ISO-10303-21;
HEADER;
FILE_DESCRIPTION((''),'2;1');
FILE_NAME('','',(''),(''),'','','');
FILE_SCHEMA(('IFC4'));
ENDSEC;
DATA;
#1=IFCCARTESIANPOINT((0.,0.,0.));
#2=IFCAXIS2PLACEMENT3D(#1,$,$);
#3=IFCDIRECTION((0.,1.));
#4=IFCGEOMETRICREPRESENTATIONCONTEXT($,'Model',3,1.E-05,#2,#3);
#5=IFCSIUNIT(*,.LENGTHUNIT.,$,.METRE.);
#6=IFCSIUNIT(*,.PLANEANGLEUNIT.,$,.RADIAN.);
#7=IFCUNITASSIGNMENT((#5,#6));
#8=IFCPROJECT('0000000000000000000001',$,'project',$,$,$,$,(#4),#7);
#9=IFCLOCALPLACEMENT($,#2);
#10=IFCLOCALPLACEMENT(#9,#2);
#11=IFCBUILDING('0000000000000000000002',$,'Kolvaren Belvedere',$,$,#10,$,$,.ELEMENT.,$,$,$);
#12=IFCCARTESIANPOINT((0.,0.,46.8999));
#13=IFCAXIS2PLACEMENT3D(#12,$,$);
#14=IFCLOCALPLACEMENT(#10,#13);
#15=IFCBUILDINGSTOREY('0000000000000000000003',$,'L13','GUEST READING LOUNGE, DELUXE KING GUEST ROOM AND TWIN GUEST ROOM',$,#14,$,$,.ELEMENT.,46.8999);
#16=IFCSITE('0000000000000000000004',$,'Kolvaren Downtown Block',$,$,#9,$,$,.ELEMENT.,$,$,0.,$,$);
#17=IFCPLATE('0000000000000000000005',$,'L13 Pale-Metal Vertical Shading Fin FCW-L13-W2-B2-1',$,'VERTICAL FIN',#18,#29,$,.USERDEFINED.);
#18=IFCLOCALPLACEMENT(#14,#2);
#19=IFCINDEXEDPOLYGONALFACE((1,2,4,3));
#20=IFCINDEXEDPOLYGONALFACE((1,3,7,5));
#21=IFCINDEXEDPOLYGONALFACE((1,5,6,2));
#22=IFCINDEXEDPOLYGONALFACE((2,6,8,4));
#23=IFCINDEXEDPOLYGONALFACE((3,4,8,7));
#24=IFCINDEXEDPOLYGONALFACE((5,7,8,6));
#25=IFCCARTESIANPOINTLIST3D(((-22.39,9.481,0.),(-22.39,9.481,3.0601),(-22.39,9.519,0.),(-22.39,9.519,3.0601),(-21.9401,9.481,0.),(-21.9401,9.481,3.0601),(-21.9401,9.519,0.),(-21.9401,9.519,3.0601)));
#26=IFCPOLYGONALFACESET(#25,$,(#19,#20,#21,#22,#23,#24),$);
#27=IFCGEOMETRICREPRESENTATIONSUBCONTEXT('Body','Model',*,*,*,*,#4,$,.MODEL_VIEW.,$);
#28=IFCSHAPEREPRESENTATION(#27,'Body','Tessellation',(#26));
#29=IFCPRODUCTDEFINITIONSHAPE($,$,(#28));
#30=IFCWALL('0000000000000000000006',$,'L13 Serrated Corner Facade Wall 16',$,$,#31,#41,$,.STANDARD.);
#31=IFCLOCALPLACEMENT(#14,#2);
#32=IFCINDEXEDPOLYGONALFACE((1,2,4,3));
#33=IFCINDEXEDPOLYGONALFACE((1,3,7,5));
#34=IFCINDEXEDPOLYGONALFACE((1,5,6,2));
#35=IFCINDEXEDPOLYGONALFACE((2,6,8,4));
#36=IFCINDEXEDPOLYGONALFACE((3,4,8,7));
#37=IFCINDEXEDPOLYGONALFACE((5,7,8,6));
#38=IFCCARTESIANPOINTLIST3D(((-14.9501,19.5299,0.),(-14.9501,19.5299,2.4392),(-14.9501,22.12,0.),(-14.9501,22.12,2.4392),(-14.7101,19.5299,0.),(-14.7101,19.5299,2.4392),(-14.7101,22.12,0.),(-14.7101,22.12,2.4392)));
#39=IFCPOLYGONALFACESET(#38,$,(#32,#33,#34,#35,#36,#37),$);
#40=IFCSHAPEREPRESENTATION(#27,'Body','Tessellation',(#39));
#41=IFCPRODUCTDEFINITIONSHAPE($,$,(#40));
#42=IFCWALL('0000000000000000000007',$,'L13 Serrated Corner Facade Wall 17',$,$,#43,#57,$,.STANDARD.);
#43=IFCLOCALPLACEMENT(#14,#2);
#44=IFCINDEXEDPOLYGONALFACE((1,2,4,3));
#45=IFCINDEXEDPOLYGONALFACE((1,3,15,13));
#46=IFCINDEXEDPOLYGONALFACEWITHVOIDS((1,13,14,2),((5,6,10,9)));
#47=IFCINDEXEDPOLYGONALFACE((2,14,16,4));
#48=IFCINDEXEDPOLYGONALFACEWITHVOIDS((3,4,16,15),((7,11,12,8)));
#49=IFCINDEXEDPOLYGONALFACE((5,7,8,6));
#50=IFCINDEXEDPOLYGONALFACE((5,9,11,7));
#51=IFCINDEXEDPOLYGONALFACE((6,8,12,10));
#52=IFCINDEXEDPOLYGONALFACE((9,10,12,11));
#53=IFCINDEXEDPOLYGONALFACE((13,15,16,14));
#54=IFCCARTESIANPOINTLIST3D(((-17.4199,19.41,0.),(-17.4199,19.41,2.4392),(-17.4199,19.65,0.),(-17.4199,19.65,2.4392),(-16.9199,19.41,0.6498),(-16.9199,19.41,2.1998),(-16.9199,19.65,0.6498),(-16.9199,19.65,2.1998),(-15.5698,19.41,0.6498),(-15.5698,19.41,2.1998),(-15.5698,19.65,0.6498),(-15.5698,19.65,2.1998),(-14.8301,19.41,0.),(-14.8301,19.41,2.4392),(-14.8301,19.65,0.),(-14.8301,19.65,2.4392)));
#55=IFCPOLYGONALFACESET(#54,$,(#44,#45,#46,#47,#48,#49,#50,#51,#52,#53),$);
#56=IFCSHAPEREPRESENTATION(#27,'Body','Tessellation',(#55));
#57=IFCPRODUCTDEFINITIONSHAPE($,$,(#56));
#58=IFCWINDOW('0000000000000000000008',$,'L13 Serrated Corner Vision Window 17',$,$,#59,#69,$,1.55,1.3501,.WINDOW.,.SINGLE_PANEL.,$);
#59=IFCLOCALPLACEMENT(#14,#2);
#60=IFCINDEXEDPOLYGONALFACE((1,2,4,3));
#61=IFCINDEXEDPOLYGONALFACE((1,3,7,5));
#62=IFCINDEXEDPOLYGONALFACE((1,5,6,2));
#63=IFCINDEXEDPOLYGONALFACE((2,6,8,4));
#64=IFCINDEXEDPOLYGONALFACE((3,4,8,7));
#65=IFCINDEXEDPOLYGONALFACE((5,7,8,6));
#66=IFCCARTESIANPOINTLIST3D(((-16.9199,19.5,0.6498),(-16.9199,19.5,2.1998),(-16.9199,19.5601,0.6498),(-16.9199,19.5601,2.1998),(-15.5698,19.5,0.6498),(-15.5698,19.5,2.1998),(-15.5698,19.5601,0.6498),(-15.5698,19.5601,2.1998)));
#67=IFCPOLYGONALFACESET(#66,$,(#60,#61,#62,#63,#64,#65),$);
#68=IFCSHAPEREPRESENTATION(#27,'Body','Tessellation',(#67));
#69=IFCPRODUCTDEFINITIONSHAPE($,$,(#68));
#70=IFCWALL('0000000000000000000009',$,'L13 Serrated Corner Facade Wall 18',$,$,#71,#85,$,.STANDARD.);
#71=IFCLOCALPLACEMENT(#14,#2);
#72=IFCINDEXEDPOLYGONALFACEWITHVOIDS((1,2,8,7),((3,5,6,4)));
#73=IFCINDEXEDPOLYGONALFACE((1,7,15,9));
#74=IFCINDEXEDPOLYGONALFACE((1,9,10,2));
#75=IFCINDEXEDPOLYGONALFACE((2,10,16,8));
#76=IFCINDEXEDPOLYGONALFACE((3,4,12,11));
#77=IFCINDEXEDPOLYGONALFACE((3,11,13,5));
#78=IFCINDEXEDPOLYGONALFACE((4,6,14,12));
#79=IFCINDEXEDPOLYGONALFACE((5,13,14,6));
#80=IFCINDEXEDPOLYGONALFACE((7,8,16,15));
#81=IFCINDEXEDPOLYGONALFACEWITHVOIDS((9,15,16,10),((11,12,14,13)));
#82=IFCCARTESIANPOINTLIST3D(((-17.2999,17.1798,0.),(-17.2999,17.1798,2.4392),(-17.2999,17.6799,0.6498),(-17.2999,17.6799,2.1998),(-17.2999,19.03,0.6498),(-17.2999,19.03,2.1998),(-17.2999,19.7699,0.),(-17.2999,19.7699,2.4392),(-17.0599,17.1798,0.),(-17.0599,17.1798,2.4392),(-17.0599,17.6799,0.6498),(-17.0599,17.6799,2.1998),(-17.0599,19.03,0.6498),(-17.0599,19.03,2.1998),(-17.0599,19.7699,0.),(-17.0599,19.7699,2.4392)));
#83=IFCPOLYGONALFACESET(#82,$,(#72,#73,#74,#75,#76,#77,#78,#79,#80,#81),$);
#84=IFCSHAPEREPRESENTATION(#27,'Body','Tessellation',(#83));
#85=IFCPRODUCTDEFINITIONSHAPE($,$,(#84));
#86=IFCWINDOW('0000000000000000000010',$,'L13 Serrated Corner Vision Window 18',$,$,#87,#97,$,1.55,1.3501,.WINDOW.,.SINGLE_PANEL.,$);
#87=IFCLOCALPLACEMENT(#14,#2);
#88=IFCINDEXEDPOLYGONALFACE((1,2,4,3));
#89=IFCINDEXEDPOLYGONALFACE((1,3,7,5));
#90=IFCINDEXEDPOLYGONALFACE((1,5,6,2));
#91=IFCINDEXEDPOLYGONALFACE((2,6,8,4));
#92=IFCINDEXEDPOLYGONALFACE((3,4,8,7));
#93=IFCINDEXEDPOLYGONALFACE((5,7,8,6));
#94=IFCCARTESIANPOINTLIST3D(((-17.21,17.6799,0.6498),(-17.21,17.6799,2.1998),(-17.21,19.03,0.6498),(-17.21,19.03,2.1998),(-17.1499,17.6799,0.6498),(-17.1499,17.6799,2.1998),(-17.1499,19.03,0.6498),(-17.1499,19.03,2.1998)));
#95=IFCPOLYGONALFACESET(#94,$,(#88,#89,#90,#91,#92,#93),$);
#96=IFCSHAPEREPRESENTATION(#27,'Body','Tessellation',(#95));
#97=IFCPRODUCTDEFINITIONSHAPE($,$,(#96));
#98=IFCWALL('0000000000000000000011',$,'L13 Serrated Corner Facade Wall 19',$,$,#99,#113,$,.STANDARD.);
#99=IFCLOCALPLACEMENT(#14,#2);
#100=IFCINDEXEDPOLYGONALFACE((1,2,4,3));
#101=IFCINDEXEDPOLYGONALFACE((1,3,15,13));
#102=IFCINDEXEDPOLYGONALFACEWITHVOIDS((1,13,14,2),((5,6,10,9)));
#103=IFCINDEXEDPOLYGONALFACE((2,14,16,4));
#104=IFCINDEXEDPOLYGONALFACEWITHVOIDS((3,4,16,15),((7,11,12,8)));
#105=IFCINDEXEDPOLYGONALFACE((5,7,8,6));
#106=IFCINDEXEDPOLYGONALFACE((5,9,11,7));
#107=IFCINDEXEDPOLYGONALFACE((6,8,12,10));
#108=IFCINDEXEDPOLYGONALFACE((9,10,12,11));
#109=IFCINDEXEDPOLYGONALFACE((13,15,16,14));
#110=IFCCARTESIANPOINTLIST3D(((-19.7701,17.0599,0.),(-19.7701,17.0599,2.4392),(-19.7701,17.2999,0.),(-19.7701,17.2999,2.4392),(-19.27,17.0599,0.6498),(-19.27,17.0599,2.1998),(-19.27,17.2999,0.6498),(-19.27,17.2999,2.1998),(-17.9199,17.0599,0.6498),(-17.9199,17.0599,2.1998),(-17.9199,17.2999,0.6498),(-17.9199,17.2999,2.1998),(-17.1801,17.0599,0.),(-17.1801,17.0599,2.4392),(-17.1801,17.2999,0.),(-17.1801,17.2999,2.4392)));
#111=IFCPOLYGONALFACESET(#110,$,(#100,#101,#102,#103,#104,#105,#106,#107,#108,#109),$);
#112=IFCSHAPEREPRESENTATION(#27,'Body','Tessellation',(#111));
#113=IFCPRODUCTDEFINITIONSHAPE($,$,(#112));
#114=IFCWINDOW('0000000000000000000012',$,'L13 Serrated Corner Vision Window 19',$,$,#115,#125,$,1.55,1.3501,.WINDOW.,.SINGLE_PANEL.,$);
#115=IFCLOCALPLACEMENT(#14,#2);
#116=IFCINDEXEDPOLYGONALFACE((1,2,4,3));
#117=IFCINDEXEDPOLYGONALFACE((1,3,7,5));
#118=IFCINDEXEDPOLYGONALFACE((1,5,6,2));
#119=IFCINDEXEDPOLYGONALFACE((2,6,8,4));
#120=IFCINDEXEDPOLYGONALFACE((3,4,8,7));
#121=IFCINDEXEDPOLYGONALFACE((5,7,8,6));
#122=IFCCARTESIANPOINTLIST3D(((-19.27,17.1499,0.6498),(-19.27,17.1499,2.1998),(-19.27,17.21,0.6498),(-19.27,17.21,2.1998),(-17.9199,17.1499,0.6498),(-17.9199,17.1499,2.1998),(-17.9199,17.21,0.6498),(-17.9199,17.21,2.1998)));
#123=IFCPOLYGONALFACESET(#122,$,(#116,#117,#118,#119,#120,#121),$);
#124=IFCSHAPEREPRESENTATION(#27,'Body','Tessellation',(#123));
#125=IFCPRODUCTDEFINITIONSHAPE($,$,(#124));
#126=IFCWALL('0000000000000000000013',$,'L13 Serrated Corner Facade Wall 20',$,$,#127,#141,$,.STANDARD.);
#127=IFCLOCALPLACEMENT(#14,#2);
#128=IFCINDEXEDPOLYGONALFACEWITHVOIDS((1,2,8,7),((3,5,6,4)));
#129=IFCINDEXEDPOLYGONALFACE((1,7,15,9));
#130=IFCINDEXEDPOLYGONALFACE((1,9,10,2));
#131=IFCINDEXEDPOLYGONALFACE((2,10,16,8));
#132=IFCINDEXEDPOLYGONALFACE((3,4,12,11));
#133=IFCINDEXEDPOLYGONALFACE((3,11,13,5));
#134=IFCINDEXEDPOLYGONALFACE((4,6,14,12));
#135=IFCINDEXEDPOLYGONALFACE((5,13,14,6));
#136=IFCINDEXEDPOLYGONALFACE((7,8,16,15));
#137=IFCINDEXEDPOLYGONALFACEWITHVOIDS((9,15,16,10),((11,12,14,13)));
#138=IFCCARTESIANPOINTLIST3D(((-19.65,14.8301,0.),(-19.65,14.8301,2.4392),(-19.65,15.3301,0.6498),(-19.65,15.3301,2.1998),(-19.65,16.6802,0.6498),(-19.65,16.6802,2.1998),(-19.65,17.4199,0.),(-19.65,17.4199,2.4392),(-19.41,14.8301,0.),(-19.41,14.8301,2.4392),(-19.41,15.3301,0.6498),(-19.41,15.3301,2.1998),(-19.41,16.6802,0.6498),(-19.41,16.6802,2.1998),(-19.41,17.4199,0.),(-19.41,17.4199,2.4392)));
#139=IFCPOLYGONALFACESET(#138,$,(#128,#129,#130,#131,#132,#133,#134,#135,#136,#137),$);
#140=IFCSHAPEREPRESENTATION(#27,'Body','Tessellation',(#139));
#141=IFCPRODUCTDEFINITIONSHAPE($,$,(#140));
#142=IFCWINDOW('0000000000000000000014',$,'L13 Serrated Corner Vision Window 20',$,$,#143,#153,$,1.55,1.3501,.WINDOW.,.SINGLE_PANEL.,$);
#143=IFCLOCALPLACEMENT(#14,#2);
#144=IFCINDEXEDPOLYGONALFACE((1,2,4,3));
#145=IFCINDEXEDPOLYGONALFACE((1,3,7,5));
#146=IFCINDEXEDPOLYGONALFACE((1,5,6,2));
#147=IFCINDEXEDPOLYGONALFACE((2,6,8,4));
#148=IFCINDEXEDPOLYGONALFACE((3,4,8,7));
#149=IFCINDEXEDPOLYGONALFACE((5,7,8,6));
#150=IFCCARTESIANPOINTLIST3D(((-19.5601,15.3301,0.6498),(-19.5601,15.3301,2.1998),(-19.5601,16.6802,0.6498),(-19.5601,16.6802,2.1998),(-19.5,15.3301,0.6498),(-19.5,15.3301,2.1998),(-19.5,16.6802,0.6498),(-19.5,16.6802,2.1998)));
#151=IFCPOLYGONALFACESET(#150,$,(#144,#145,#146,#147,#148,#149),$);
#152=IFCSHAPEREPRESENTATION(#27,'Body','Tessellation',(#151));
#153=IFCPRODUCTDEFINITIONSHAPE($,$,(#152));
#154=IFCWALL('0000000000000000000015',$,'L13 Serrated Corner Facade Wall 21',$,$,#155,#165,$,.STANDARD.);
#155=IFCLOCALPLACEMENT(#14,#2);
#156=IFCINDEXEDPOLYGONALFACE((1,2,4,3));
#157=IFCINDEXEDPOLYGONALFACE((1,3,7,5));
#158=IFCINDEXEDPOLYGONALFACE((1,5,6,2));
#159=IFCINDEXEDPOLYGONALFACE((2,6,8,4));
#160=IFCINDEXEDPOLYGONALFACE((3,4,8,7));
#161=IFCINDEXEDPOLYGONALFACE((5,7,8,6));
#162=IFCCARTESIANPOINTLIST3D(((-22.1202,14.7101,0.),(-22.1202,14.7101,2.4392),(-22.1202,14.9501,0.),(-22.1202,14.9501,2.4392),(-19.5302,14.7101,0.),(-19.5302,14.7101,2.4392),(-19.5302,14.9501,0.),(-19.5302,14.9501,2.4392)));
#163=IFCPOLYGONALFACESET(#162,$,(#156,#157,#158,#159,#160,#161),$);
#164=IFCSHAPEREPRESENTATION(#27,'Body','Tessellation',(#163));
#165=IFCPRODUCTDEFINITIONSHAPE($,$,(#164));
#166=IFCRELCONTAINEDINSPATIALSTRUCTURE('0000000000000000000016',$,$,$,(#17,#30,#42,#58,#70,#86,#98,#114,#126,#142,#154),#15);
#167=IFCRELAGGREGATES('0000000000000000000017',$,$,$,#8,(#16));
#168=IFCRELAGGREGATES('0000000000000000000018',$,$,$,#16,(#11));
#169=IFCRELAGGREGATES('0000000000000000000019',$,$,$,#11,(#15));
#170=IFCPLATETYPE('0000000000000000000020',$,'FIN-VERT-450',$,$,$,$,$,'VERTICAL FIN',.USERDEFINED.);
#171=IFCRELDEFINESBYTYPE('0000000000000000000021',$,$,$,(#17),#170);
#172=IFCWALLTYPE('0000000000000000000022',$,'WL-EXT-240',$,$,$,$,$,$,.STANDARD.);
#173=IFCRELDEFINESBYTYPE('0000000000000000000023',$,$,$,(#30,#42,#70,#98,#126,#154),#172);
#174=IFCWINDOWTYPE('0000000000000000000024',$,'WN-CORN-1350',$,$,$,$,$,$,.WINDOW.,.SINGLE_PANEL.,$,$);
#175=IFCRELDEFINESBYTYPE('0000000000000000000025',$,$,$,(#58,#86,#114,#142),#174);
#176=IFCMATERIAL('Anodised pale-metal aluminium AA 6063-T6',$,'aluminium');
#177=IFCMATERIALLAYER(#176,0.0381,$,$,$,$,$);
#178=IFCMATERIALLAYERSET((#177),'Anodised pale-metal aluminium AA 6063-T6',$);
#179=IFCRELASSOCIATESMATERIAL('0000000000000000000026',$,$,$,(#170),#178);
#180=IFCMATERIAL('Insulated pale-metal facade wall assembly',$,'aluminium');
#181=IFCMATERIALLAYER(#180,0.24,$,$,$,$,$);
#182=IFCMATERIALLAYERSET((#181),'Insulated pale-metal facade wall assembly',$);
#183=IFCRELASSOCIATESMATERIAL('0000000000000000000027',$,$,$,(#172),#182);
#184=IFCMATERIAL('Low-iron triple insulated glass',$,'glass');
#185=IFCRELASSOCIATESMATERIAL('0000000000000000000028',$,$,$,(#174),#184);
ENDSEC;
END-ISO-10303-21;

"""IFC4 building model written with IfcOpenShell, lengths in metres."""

from ifc_helpers import new_model, si_unit, direction, frame, frame_2d, origin, origin_2d, place, context, subcontext, project, spatial, rectangle, extrude, material, layer, layer_set, type_object, element, fill, save


model = new_model("IFC4")

# Units and contexts
model_context = context("Model", 3, precision=1e-05, world=origin(), true_north=direction((0.0, 1.0)))
body_context = subcontext(model_context, "Body", "Model", "MODEL_VIEW")
ifc_project = project(units=[si_unit("LENGTHUNIT", "METRE"), si_unit("PLANEANGLEUNIT", "RADIAN")], contexts=[model_context])

# Site, building, storey
site_placement = place(None, origin())
site = spatial("IfcSite", under=ifc_project, at=site_placement, Name="Kolvaren Downtown Block", CompositionType="ELEMENT", RefElevation=0.0)
building_placement = place(site_placement, origin())
building = spatial("IfcBuilding", under=site, at=building_placement, Name="Kolvaren Belvedere", CompositionType="ELEMENT")
storey_placement = place(building_placement, frame((0.0, 0.0, 46.8999)))
storey = spatial("IfcBuildingStorey", under=building, at=storey_placement, Name="L13", Description="GUEST READING LOUNGE, DELUXE KING GUEST ROOM AND TWIN GUEST ROOM", CompositionType="ELEMENT", Elevation=46.8999)

# Plate
ifc_material_1 = material(Name="Anodised pale-metal aluminium AA 6063-T6", Category="aluminium")
ifc_layer_1 = layer(ifc_material_1, 0.0381)
ifc_layer_set_1 = layer_set([ifc_layer_1], Name="Anodised pale-metal aluminium AA 6063-T6")
plate_type_1 = type_object("IfcPlateType", Name="FIN-VERT-450", ElementType="VERTICAL FIN", PredefinedType="USERDEFINED", material=ifc_layer_set_1)
plate_1_placement = place(storey_placement, frame((-22.165, 9.5, 0.0), z_axis=(0.0, 0.0, 1.0), x_axis=(1.0, 0.0, 0.0)))
element("IfcPlate", 1, at=plate_1_placement, inside=storey, type_object=plate_type_1, Name="L13 Pale-Metal Vertical Shading Fin FCW-L13-W2-B2-1", ObjectType="VERTICAL FIN", PredefinedType="USERDEFINED", context=body_context, shape_type="SweptSolid", body=[
    extrude(rectangle(XDim=0.45, YDim=0.0381, at=origin_2d()), origin(), (0.0, 0.0, 1.0), 3.0601),
])

# Wall
ifc_material_2 = material(Name="Insulated pale-metal facade wall assembly", Category="aluminium")
ifc_layer_2 = layer(ifc_material_2, 0.24)
ifc_layer_set_2 = layer_set([ifc_layer_2], Name="Insulated pale-metal facade wall assembly")
wall_type_1 = type_object("IfcWallType", Name="WL-EXT-240", PredefinedType="STANDARD", material=ifc_layer_set_2)
wall_1_placement = place(storey_placement, frame((-14.8301, 19.53, 0.0), z_axis=(0.0, 0.0, 1.0), x_axis=(0.0, 1.0, 0.0)))
element("IfcWall", 2, at=wall_1_placement, inside=storey, type_object=wall_type_1, Name="L13 Serrated Corner Facade Wall 16", PredefinedType="STANDARD", context=body_context, shape_type="SweptSolid", body=[
    extrude(rectangle(XDim=2.5901, YDim=0.24, at=frame_2d((1.2949, 0.0))), origin(), (0.0, 0.0, 1.0), 2.4392),
])

# Walls, openings, windows
wall_2_placement = place(storey_placement, frame((-17.4199, 19.53, 0.0), z_axis=(0.0, 0.0, 1.0), x_axis=(1.0, 0.0, 0.0)))
wall_2 = element("IfcWall", 3, at=wall_2_placement, inside=storey, type_object=wall_type_1, Name="L13 Serrated Corner Facade Wall 17", PredefinedType="STANDARD", context=body_context, shape_type="SweptSolid", body=[
    extrude(rectangle(XDim=2.5898, YDim=0.24, at=frame_2d((1.2949, 0.0))), origin(), (0.0, 0.0, 1.0), 2.4392),
])
opening_1_placement = place(wall_2_placement, frame((0.5, 0.0, 0.6499)))
opening_1 = element("IfcOpeningElement", 4, at=opening_1_placement, cuts=wall_2, PredefinedType="OPENING", context=body_context, shape_type="SweptSolid", body=[
    extrude(rectangle(XDim=1.3501, YDim=1.55, at=frame_2d((0.675, 0.7749))), frame((0.0, 0.1299, 0.0), z_axis=(0.0, -1.0, 0.0), x_axis=(1.0, 0.0, 0.0)), (0.0, 0.0, 1.0), 0.26),
])
ifc_material_3 = material(Name="Low-iron triple insulated glass", Category="glass")
window_type = type_object("IfcWindowType", Name="WN-CORN-1350", PartitioningType="SINGLE_PANEL", PredefinedType="WINDOW", material=ifc_material_3)
window_1_placement = place(opening_1_placement, origin())
window_1 = element("IfcWindow", 5, at=window_1_placement, inside=storey, type_object=window_type, Name="L13 Serrated Corner Vision Window 17", OverallHeight=1.55, OverallWidth=1.3501, PartitioningType="SINGLE_PANEL", PredefinedType="WINDOW", context=body_context, shape_type="SweptSolid", body=[
    extrude(rectangle(XDim=1.3501, YDim=1.55, at=frame_2d((0.675, 0.7749))), frame((0.0, 0.03, 0.0), z_axis=(0.0, -1.0, 0.0), x_axis=(1.0, 0.0, 0.0)), (0.0, 0.0, 1.0), 0.0601),
])
fill(opening_1, window_1)
wall_3_placement = place(storey_placement, frame((-17.1799, 17.1799, 0.0), z_axis=(0.0, 0.0, 1.0), x_axis=(0.0, 1.0, 0.0)))
wall_3 = element("IfcWall", 6, at=wall_3_placement, inside=storey, type_object=wall_type_1, Name="L13 Serrated Corner Facade Wall 18", PredefinedType="STANDARD", context=body_context, shape_type="SweptSolid", body=[
    extrude(rectangle(XDim=2.5901, YDim=0.24, at=frame_2d((1.2949, 0.0))), origin(), (0.0, 0.0, 1.0), 2.4392),
])
opening_2_placement = place(wall_3_placement, frame((0.5, 0.0, 0.6499)))
opening_2 = element("IfcOpeningElement", 7, at=opening_2_placement, cuts=wall_3, PredefinedType="OPENING", context=body_context, shape_type="SweptSolid", body=[
    extrude(rectangle(XDim=1.3501, YDim=1.55, at=frame_2d((0.675, 0.7749))), frame((0.0, 0.1299, 0.0), z_axis=(0.0, -1.0, 0.0), x_axis=(1.0, 0.0, 0.0)), (0.0, 0.0, 1.0), 0.26),
])
window_2_placement = place(opening_2_placement, origin())
window_2 = element("IfcWindow", 8, at=window_2_placement, inside=storey, type_object=window_type, Name="L13 Serrated Corner Vision Window 18", OverallHeight=1.55, OverallWidth=1.3501, PartitioningType="SINGLE_PANEL", PredefinedType="WINDOW", context=body_context, shape_type="SweptSolid", body=[
    extrude(rectangle(XDim=1.3501, YDim=1.55, at=frame_2d((0.675, 0.7749))), frame((0.0, 0.03, 0.0), z_axis=(0.0, -1.0, 0.0), x_axis=(1.0, 0.0, 0.0)), (0.0, 0.0, 1.0), 0.0601),
])
fill(opening_2, window_2)
wall_4_placement = place(storey_placement, frame((-19.77, 17.1799, 0.0), z_axis=(0.0, 0.0, 1.0), x_axis=(1.0, 0.0, 0.0)))
wall_4 = element("IfcWall", 9, at=wall_4_placement, inside=storey, type_object=wall_type_1, Name="L13 Serrated Corner Facade Wall 19", PredefinedType="STANDARD", context=body_context, shape_type="SweptSolid", body=[
    extrude(rectangle(XDim=2.5901, YDim=0.24, at=frame_2d((1.2949, 0.0))), origin(), (0.0, 0.0, 1.0), 2.4392),
])
opening_3_placement = place(wall_4_placement, frame((0.5, 0.0, 0.6499)))
opening_3 = element("IfcOpeningElement", 10, at=opening_3_placement, cuts=wall_4, PredefinedType="OPENING", context=body_context, shape_type="SweptSolid", body=[
    extrude(rectangle(XDim=1.3501, YDim=1.55, at=frame_2d((0.675, 0.7749))), frame((0.0, 0.1299, 0.0), z_axis=(0.0, -1.0, 0.0), x_axis=(1.0, 0.0, 0.0)), (0.0, 0.0, 1.0), 0.26),
])
window_3_placement = place(opening_3_placement, origin())
window_3 = element("IfcWindow", 11, at=window_3_placement, inside=storey, type_object=window_type, Name="L13 Serrated Corner Vision Window 19", OverallHeight=1.55, OverallWidth=1.3501, PartitioningType="SINGLE_PANEL", PredefinedType="WINDOW", context=body_context, shape_type="SweptSolid", body=[
    extrude(rectangle(XDim=1.3501, YDim=1.55, at=frame_2d((0.675, 0.7749))), frame((0.0, 0.03, 0.0), z_axis=(0.0, -1.0, 0.0), x_axis=(1.0, 0.0, 0.0)), (0.0, 0.0, 1.0), 0.0601),
])
fill(opening_3, window_3)
wall_5_placement = place(storey_placement, frame((-19.53, 14.8301, 0.0), z_axis=(0.0, 0.0, 1.0), x_axis=(0.0, 1.0, 0.0)))
wall_5 = element("IfcWall", 12, at=wall_5_placement, inside=storey, type_object=wall_type_1, Name="L13 Serrated Corner Facade Wall 20", PredefinedType="STANDARD", context=body_context, shape_type="SweptSolid", body=[
    extrude(rectangle(XDim=2.5898, YDim=0.24, at=frame_2d((1.2949, 0.0))), origin(), (0.0, 0.0, 1.0), 2.4392),
])
opening_4_placement = place(wall_5_placement, frame((0.5, 0.0, 0.6499)))
opening_4 = element("IfcOpeningElement", 13, at=opening_4_placement, cuts=wall_5, PredefinedType="OPENING", context=body_context, shape_type="SweptSolid", body=[
    extrude(rectangle(XDim=1.3501, YDim=1.55, at=frame_2d((0.675, 0.7749))), frame((0.0, 0.1299, 0.0), z_axis=(0.0, -1.0, 0.0), x_axis=(1.0, 0.0, 0.0)), (0.0, 0.0, 1.0), 0.26),
])
window_4_placement = place(opening_4_placement, origin())
window_4 = element("IfcWindow", 14, at=window_4_placement, inside=storey, type_object=window_type, Name="L13 Serrated Corner Vision Window 20", OverallHeight=1.55, OverallWidth=1.3501, PartitioningType="SINGLE_PANEL", PredefinedType="WINDOW", context=body_context, shape_type="SweptSolid", body=[
    extrude(rectangle(XDim=1.3501, YDim=1.55, at=frame_2d((0.675, 0.7749))), frame((0.0, 0.03, 0.0), z_axis=(0.0, -1.0, 0.0), x_axis=(1.0, 0.0, 0.0)), (0.0, 0.0, 1.0), 0.0601),
])
fill(opening_4, window_4)

# Wall
wall_6_placement = place(storey_placement, frame((-22.1201, 14.8301, 0.0), z_axis=(0.0, 0.0, 1.0), x_axis=(1.0, 0.0, 0.0)))
element("IfcWall", 15, at=wall_6_placement, inside=storey, type_object=wall_type_1, Name="L13 Serrated Corner Facade Wall 21", PredefinedType="STANDARD", context=body_context, shape_type="SweptSolid", body=[
    extrude(rectangle(XDim=2.5901, YDim=0.24, at=frame_2d((1.2949, 0.0))), origin(), (0.0, 0.0, 1.0), 2.4392),
])

save(model, "model.ifc")
